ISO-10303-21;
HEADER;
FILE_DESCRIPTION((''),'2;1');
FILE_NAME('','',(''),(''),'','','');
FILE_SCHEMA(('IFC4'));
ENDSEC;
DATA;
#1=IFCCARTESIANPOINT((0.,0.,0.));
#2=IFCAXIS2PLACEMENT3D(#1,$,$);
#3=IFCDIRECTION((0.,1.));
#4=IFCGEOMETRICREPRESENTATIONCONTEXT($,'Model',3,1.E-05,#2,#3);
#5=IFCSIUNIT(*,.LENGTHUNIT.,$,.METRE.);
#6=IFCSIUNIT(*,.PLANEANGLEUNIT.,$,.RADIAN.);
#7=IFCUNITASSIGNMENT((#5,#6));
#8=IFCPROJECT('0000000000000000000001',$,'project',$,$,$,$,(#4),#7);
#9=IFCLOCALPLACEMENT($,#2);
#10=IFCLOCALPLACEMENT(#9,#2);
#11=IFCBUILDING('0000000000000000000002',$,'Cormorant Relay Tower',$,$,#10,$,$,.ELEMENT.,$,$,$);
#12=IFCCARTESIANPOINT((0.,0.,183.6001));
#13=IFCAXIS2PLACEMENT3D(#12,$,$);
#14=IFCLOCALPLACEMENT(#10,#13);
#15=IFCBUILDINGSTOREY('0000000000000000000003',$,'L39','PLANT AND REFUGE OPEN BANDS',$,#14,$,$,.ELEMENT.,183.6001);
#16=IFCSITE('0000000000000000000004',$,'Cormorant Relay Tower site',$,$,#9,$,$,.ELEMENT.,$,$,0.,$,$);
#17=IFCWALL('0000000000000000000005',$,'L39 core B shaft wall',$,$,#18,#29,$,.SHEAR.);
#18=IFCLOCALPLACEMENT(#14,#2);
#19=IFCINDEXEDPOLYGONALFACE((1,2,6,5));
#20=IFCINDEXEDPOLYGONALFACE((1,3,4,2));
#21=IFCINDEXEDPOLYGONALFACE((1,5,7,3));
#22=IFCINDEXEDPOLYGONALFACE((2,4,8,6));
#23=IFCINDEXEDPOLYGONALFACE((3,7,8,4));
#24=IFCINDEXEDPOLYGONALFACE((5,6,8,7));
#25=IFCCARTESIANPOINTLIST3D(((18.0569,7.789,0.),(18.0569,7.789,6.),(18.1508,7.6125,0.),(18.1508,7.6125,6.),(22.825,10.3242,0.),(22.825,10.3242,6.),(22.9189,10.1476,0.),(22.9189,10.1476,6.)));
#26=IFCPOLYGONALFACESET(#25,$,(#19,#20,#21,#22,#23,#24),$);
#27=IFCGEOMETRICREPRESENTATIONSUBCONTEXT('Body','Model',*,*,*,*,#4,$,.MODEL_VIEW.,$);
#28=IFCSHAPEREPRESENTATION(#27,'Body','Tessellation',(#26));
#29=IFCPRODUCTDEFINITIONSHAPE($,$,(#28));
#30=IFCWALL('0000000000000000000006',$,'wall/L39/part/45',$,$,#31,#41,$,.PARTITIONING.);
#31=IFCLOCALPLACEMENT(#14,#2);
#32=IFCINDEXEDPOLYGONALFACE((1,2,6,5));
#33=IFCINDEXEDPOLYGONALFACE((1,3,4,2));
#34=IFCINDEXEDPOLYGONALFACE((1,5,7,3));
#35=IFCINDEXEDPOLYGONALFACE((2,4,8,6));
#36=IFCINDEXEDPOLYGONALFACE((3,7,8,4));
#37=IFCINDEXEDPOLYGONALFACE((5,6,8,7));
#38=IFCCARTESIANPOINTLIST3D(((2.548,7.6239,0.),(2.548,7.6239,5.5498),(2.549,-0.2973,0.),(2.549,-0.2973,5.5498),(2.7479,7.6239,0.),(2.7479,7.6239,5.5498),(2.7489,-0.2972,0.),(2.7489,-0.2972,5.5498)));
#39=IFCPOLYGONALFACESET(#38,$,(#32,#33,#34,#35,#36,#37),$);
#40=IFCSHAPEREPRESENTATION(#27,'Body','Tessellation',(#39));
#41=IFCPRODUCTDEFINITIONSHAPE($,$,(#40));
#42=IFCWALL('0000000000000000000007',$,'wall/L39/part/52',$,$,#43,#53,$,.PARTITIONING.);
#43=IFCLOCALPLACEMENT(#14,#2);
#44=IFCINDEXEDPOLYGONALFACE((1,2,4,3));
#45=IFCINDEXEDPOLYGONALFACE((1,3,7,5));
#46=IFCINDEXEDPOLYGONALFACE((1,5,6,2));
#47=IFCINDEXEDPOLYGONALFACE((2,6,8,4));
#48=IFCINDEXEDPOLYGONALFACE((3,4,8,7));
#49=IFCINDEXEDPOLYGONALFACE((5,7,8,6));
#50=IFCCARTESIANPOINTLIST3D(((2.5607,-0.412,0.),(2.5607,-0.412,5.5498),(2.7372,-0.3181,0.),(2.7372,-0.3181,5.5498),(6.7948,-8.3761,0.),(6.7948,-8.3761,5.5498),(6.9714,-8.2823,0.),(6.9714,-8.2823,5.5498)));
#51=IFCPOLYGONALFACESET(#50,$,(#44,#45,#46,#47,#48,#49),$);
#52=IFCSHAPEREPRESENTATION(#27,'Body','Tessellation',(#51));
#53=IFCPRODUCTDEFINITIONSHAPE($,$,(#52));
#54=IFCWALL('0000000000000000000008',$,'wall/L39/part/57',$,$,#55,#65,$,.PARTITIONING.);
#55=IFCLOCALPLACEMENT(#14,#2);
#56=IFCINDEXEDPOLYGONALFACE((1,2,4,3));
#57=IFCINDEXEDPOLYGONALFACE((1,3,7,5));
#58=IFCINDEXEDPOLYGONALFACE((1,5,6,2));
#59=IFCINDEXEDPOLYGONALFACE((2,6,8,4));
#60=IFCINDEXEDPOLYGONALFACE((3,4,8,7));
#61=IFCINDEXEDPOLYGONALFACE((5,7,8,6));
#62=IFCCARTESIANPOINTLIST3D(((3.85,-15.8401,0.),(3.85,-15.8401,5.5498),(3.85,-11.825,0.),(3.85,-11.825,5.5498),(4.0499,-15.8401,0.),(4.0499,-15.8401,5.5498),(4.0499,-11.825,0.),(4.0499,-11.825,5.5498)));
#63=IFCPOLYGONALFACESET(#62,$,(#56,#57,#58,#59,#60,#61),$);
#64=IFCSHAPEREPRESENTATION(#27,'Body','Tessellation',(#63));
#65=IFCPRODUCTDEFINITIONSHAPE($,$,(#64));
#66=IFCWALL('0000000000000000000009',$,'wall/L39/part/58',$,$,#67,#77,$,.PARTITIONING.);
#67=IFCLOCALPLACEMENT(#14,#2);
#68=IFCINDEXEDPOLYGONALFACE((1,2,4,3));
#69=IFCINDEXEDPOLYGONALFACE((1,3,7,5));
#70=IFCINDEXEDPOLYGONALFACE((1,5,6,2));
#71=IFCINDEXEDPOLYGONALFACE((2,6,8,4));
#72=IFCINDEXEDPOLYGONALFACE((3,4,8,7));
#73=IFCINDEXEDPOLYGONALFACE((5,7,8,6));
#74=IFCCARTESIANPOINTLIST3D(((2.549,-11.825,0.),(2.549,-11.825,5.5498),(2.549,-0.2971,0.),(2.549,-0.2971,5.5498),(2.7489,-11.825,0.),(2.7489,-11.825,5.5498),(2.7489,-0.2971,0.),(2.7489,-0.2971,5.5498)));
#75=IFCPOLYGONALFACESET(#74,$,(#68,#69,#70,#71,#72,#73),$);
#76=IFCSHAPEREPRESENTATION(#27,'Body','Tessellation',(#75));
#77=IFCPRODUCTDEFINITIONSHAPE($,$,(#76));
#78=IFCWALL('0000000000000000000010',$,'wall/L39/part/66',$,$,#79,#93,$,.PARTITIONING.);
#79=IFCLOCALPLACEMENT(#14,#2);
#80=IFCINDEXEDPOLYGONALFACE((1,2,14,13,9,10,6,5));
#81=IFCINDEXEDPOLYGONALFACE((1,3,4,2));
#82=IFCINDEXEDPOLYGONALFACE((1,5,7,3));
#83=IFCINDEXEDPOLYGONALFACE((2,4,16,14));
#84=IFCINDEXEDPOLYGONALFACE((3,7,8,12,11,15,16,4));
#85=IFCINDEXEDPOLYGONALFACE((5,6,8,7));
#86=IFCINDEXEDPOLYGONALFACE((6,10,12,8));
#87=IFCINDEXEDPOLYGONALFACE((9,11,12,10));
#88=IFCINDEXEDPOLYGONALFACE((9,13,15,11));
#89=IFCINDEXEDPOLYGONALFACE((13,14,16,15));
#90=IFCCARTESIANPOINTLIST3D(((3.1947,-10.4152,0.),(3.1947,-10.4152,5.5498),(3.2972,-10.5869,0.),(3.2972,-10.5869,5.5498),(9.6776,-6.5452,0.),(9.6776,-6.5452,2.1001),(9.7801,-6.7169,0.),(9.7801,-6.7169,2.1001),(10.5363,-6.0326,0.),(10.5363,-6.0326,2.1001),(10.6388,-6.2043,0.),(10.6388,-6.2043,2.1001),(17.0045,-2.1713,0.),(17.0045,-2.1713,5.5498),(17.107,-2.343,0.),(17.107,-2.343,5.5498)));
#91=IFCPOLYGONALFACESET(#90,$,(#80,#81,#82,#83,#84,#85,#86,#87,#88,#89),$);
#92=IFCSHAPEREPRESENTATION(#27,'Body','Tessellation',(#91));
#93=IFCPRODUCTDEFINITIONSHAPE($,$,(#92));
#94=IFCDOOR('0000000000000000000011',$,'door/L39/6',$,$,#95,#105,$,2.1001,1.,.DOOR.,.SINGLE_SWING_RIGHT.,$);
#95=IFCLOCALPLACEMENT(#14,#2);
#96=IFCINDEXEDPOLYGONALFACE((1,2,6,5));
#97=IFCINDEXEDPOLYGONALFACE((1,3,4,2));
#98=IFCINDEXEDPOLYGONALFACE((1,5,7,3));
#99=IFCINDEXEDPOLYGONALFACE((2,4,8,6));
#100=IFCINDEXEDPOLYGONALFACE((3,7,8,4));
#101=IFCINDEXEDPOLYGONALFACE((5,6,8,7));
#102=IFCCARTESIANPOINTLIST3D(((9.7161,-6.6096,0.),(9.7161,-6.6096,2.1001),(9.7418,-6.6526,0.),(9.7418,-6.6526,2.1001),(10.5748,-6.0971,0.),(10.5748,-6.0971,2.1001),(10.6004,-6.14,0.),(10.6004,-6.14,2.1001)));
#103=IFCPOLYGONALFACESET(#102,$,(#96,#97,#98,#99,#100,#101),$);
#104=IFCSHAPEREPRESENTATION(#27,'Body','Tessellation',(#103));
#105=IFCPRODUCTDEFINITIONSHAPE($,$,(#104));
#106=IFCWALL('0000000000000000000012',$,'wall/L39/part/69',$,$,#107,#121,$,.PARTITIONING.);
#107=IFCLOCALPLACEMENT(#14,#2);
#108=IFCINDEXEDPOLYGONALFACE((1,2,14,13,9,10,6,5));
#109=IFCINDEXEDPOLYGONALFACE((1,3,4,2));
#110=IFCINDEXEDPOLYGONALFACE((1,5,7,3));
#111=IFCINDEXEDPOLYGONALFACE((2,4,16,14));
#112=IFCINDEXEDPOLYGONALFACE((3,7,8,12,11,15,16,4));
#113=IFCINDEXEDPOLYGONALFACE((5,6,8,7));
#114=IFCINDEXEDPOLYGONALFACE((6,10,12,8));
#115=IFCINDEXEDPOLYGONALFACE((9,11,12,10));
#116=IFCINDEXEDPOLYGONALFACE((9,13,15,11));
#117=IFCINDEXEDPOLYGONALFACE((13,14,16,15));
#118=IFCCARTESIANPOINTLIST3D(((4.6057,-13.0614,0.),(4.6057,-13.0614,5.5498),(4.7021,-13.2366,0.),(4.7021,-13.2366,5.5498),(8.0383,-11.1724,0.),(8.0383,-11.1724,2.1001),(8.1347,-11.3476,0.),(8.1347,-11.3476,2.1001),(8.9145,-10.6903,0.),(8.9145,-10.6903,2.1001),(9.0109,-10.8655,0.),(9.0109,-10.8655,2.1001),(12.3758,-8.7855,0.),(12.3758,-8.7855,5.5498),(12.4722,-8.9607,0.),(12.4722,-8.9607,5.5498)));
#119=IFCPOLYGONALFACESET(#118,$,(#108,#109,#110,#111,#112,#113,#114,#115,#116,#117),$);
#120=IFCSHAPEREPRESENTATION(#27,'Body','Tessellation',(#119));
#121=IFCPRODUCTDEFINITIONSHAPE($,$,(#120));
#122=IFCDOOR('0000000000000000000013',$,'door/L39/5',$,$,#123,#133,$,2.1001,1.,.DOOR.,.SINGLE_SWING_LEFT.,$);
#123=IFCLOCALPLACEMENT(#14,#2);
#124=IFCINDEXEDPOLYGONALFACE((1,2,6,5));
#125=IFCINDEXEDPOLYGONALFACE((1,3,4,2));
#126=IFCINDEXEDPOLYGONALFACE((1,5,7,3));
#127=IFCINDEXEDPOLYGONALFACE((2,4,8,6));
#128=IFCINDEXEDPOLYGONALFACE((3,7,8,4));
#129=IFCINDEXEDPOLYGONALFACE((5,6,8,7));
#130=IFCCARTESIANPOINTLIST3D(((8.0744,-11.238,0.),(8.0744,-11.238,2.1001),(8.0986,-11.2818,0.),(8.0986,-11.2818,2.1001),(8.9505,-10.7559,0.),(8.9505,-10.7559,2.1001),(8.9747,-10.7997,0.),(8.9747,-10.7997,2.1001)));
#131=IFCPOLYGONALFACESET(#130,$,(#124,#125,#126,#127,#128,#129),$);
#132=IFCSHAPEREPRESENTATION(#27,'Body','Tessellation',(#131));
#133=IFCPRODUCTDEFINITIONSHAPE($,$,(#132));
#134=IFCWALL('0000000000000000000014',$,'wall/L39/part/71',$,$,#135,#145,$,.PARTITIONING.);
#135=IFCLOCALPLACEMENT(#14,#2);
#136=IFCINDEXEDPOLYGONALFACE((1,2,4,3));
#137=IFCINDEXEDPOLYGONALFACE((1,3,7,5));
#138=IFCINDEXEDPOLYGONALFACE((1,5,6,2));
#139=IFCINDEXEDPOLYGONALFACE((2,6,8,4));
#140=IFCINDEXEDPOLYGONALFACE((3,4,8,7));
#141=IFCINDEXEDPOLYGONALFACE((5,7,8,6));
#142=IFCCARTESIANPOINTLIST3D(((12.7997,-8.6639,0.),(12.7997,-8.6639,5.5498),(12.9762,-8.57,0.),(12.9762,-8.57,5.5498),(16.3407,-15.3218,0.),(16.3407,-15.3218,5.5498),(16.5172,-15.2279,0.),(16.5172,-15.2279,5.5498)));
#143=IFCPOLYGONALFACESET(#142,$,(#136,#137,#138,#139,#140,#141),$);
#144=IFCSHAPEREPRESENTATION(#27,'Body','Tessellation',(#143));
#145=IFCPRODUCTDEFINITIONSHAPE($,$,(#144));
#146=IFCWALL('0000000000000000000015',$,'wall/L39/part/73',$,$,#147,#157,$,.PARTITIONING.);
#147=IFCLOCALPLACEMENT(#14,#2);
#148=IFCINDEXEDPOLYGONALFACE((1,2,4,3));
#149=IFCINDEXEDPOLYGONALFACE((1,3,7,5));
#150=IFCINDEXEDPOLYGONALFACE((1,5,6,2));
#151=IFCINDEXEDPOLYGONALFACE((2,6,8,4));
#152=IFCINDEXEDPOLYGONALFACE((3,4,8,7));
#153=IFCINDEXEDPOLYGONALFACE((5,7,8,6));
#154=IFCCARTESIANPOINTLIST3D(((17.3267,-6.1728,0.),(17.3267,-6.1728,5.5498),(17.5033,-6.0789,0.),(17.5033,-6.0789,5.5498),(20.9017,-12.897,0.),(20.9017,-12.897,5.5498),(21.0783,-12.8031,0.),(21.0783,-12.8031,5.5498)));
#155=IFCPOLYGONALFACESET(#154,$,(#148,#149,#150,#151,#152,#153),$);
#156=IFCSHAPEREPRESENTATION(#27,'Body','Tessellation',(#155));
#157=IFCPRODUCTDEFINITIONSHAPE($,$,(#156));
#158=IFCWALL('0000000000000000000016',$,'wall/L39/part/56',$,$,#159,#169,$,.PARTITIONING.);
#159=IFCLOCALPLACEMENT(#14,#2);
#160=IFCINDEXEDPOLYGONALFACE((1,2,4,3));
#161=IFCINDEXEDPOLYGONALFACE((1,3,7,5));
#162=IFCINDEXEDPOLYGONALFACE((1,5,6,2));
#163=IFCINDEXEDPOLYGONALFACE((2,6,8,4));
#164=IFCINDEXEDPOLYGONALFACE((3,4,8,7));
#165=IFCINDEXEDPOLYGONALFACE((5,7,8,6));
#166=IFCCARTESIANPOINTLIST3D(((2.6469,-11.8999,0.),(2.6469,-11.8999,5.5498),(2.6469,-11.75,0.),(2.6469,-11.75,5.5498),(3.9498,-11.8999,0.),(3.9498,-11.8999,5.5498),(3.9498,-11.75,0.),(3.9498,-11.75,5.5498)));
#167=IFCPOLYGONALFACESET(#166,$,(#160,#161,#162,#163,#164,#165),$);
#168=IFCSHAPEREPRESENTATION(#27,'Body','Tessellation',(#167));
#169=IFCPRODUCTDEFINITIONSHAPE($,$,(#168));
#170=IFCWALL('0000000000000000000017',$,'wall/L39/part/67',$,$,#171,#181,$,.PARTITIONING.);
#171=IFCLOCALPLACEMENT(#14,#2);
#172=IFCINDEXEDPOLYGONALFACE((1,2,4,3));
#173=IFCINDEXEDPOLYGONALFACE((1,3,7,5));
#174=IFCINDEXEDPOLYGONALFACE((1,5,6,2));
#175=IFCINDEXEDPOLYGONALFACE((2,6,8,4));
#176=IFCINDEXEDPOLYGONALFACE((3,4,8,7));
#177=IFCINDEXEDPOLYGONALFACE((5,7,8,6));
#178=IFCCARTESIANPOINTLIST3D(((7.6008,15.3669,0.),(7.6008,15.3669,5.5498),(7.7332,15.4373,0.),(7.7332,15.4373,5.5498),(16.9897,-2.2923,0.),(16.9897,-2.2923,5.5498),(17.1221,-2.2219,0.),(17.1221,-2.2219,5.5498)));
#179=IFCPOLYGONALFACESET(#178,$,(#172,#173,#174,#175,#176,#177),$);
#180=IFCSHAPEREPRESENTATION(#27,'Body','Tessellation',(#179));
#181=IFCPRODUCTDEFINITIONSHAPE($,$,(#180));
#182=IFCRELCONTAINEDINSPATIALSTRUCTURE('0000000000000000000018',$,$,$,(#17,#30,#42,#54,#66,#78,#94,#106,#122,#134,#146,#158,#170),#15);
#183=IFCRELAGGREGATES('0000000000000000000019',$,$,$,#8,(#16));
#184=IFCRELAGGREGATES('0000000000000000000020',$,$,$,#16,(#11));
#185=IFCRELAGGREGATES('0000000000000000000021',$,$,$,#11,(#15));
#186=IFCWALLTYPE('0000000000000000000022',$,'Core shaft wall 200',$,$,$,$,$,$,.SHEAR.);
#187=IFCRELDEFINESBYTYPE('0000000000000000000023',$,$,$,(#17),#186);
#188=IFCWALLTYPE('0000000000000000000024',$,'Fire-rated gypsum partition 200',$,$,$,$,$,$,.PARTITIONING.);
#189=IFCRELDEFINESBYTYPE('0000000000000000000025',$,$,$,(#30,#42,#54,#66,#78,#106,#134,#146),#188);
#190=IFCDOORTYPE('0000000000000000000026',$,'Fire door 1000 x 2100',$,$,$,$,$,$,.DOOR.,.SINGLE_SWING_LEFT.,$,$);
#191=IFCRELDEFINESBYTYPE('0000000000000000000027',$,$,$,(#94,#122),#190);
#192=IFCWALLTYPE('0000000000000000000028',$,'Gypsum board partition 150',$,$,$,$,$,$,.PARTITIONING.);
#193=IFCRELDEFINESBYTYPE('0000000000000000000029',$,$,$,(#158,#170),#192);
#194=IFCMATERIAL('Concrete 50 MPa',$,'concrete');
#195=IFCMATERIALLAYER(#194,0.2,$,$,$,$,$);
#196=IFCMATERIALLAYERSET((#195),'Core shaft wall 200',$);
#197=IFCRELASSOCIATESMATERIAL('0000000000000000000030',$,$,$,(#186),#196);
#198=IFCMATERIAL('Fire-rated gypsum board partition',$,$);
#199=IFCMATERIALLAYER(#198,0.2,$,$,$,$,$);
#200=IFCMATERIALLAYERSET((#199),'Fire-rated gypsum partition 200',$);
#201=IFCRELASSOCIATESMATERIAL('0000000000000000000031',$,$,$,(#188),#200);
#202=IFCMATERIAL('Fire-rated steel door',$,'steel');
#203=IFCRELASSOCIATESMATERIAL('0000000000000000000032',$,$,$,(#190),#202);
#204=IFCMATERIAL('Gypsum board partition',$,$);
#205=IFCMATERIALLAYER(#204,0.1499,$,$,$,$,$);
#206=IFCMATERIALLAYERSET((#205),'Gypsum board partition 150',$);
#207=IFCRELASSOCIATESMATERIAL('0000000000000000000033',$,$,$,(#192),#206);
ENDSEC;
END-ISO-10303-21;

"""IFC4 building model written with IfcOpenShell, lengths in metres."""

from ifc_helpers import new_model, si_unit, direction, frame, frame_2d, origin, place, context, subcontext, project, spatial, rectangle, extrude, material, layer, layer_set, type_object, element, fill, save


model = new_model("IFC4")

# Units and contexts
model_context = context("Model", 3, precision=1e-05, world=origin(), true_north=direction((0.0, 1.0)))
body_context = subcontext(model_context, "Body", "Model", "MODEL_VIEW")
ifc_project = project(units=[si_unit("LENGTHUNIT", "METRE"), si_unit("PLANEANGLEUNIT", "RADIAN")], contexts=[model_context])

# Site, building, storey
site_placement = place(None, origin())
site = spatial("IfcSite", under=ifc_project, at=site_placement, Name="Cormorant Relay Tower site", CompositionType="ELEMENT", RefElevation=0.0)
building_placement = place(site_placement, origin())
building = spatial("IfcBuilding", under=site, at=building_placement, Name="Cormorant Relay Tower", CompositionType="ELEMENT")
storey_placement = place(building_placement, frame((0.0, 0.0, 183.6001)))
storey = spatial("IfcBuildingStorey", under=building, at=storey_placement, Name="L39", Description="PLANT AND REFUGE OPEN BANDS", CompositionType="ELEMENT", Elevation=183.6001)

# Walls
ifc_material_1 = material(Name="Concrete 50 MPa", Category="concrete")
ifc_layer_1 = layer(ifc_material_1, 0.2)
ifc_layer_set_1 = layer_set([ifc_layer_1], Name="Core shaft wall 200")
wall_type_1 = type_object("IfcWallType", Name="Core shaft wall 200", PredefinedType="SHEAR", material=ifc_layer_set_1)
wall_1_placement = place(storey_placement, frame((18.1038, 7.7007, 0.0), z_axis=(0.0, 0.0, 1.0), x_axis=(0.882953, 0.469462, 0.0)))
element("IfcWall", 1, at=wall_1_placement, inside=storey, type_object=wall_type_1, Name="L39 core B shaft wall", PredefinedType="SHEAR", context=body_context, shape_type="SweptSolid", body=[
    extrude(rectangle(XDim=5.4001, YDim=0.2, at=frame_2d((2.7002, 0.0))), origin(), (0.0, 0.0, 1.0), 6.0),
])
ifc_material_2 = material(Name="Fire-rated gypsum board partition")
ifc_layer_2 = layer(ifc_material_2, 0.2)
ifc_layer_set_2 = layer_set([ifc_layer_2], Name="Fire-rated gypsum partition 200")
wall_type_2 = type_object("IfcWallType", Name="Fire-rated gypsum partition 200", PredefinedType="PARTITIONING", material=ifc_layer_set_2)
wall_2_placement = place(storey_placement, frame((2.6489, -0.2971, 0.0), z_axis=(0.0, 0.0, 1.0), x_axis=(-0.000123, 1.0, 0.0)))
element("IfcWall", 2, at=wall_2_placement, inside=storey, type_object=wall_type_2, Name="wall/L39/part/45", PredefinedType="PARTITIONING", context=body_context, shape_type="SweptSolid", body=[
    extrude(rectangle(XDim=7.9211, YDim=0.2, at=frame_2d((3.9604, 0.0))), origin(), (0.0, 0.0, 1.0), 5.5498),
])
wall_3_placement = place(storey_placement, frame((6.8831, -8.3291, 0.0), z_axis=(0.0, 0.0, 1.0), x_axis=(-0.469432, 0.882969, 0.0)))
element("IfcWall", 3, at=wall_3_placement, inside=storey, type_object=wall_type_2, Name="wall/L39/part/52", PredefinedType="PARTITIONING", context=body_context, shape_type="SweptSolid", body=[
    extrude(rectangle(XDim=9.0198, YDim=0.2, at=frame_2d((4.5098, 0.0))), origin(), (0.0, 0.0, 1.0), 5.5498),
])
wall_4_placement = place(storey_placement, frame((3.95, -11.825, 0.0), z_axis=(0.0, 0.0, 1.0), x_axis=(0.0, -1.0, 0.0)))
element("IfcWall", 4, at=wall_4_placement, inside=storey, type_object=wall_type_2, Name="wall/L39/part/57", PredefinedType="PARTITIONING", context=body_context, shape_type="SweptSolid", body=[
    extrude(rectangle(XDim=4.0151, YDim=0.2, at=frame_2d((2.0076, 0.0))), origin(), (0.0, 0.0, 1.0), 5.5498),
])
wall_5_placement = place(storey_placement, frame((2.6489, -0.2971, 0.0), z_axis=(0.0, 0.0, 1.0), x_axis=(0.0, -1.0, 0.0)))
element("IfcWall", 5, at=wall_5_placement, inside=storey, type_object=wall_type_2, Name="wall/L39/part/58", PredefinedType="PARTITIONING", context=body_context, shape_type="SweptSolid", body=[
    extrude(rectangle(XDim=11.5278, YDim=0.2, at=frame_2d((5.7639, 0.0))), origin(), (0.0, 0.0, 1.0), 5.5498),
])

# Walls, openings, doors
wall_6_placement = place(storey_placement, frame((3.2461, -10.501, 0.0), z_axis=(0.0, 0.0, 1.0), x_axis=(0.858643, 0.512575, 0.0)))
wall_6 = element("IfcWall", 6, at=wall_6_placement, inside=storey, type_object=wall_type_2, Name="wall/L39/part/66", PredefinedType="PARTITIONING", context=body_context, shape_type="SweptSolid", body=[
    extrude(rectangle(XDim=16.0833, YDim=0.2, at=frame_2d((8.0415, 0.0))), origin(), (0.0, 0.0, 1.0), 5.5498),
])
opening_1_placement = place(wall_6_placement, frame((7.55, 0.0, 0.0)))
opening_1 = element("IfcOpeningElement", 7, at=opening_1_placement, cuts=wall_6, PredefinedType="OPENING", context=body_context, shape_type="SweptSolid", body=[
    extrude(rectangle(XDim=1.0, YDim=2.1001, at=frame_2d((0.5, 1.05))), frame((0.0, 0.1099, 0.0), z_axis=(0.0, -1.0, 0.0), x_axis=(1.0, 0.0, 0.0)), (0.0, 0.0, 1.0), 0.22),
])
ifc_material_3 = material(Name="Fire-rated steel door", Category="steel")
door_type = type_object("IfcDoorType", Name="Fire door 1000 x 2100", OperationType="SINGLE_SWING_LEFT", PredefinedType="DOOR", material=ifc_material_3)
door_1_placement = place(opening_1_placement, origin())
door_1 = element("IfcDoor", 8, at=door_1_placement, inside=storey, type_object=door_type, Name="door/L39/6", OperationType="SINGLE_SWING_RIGHT", OverallHeight=2.1001, OverallWidth=1.0, PredefinedType="DOOR", context=body_context, shape_type="SweptSolid", body=[
    extrude(rectangle(XDim=1.0, YDim=2.1001, at=frame_2d((0.5, 1.05))), frame((0.0, 0.0249, 0.0), z_axis=(0.0, -1.0, 0.0), x_axis=(1.0, 0.0, 0.0)), (0.0, 0.0, 1.0), 0.05),
])
fill(opening_1, door_1)
wall_7_placement = place(storey_placement, frame((12.4241, -8.873, 0.0), z_axis=(0.0, 0.0, 1.0), x_axis=(-0.876103, -0.482124, 0.0)))
wall_7 = element("IfcWall", 9, at=wall_7_placement, inside=storey, type_object=wall_type_2, Name="wall/L39/part/69", PredefinedType="PARTITIONING", context=body_context, shape_type="SweptSolid", body=[
    extrude(rectangle(XDim=8.8689, YDim=0.2, at=frame_2d((4.4346, 0.0))), origin(), (0.0, 0.0, 1.0), 5.5498),
])
opening_2_placement = place(wall_7_placement, frame((3.9509, 0.0, 0.0)))
opening_2 = element("IfcOpeningElement", 10, at=opening_2_placement, cuts=wall_7, PredefinedType="OPENING", context=body_context, shape_type="SweptSolid", body=[
    extrude(rectangle(XDim=1.0, YDim=2.1001, at=frame_2d((0.5, 1.05))), frame((0.0, 0.1099, 0.0), z_axis=(0.0, -1.0, 0.0), x_axis=(1.0, 0.0, 0.0)), (0.0, 0.0, 1.0), 0.22),
])
door_2_placement = place(opening_2_placement, origin())
door_2 = element("IfcDoor", 11, at=door_2_placement, inside=storey, type_object=door_type, Name="door/L39/5", OperationType="SINGLE_SWING_LEFT", OverallHeight=2.1001, OverallWidth=1.0, PredefinedType="DOOR", context=body_context, shape_type="SweptSolid", body=[
    extrude(rectangle(XDim=1.0, YDim=2.1001, at=frame_2d((0.5, 1.05))), frame((0.0, 0.0249, 0.0), z_axis=(0.0, -1.0, 0.0), x_axis=(1.0, 0.0, 0.0)), (0.0, 0.0, 1.0), 0.05),
])
fill(opening_2, door_2)

# Walls
wall_8_placement = place(storey_placement, frame((12.8879, -8.6169, 0.0), z_axis=(0.0, 0.0, 1.0), x_axis=(0.469566, -0.882897, 0.0)))
element("IfcWall", 12, at=wall_8_placement, inside=storey, type_object=wall_type_2, Name="wall/L39/part/71", PredefinedType="PARTITIONING", context=body_context, shape_type="SweptSolid", body=[
    extrude(rectangle(XDim=7.541, YDim=0.2, at=frame_2d((3.7705, 0.0))), origin(), (0.0, 0.0, 1.0), 5.5498),
])
wall_9_placement = place(storey_placement, frame((17.415, -6.126, 0.0), z_axis=(0.0, 0.0, 1.0), x_axis=(0.469438, -0.882965, 0.0)))
element("IfcWall", 13, at=wall_9_placement, inside=storey, type_object=wall_type_2, Name="wall/L39/part/73", PredefinedType="PARTITIONING", context=body_context, shape_type="SweptSolid", body=[
    extrude(rectangle(XDim=7.6155, YDim=0.2, at=frame_2d((3.8076, 0.0))), origin(), (0.0, 0.0, 1.0), 5.5498),
])
ifc_material_4 = material(Name="Gypsum board partition")
ifc_layer_3 = layer(ifc_material_4, 0.1499)
ifc_layer_set_3 = layer_set([ifc_layer_3], Name="Gypsum board partition 150")
wall_type_3 = type_object("IfcWallType", Name="Gypsum board partition 150", PredefinedType="PARTITIONING", material=ifc_layer_set_3)
wall_10_placement = place(storey_placement, frame((2.647, -11.825, 0.0), z_axis=(0.0, 0.0, 1.0), x_axis=(1.0, 0.0, 0.0)))
element("IfcWall", 14, at=wall_10_placement, inside=storey, type_object=wall_type_3, Name="wall/L39/part/56", PredefinedType="PARTITIONING", context=body_context, shape_type="SweptSolid", body=[
    extrude(rectangle(XDim=1.303, YDim=0.1499, at=frame_2d((0.6514, 0.0))), origin(), (0.0, 0.0, 1.0), 5.5498),
])
wall_11_placement = place(storey_placement, frame((17.0559, -2.2571, 0.0), z_axis=(0.0, 0.0, 1.0), x_axis=(-0.469447, 0.882961, 0.0)))
element("IfcWall", 15, at=wall_11_placement, inside=storey, type_object=wall_type_3, Name="wall/L39/part/67", PredefinedType="PARTITIONING", context=body_context, shape_type="SweptSolid", body=[
    extrude(rectangle(XDim=20.0, YDim=0.1499, at=frame_2d((10.0, 0.0))), origin(), (0.0, 0.0, 1.0), 5.5498),
])

save(model, "model.ifc")
